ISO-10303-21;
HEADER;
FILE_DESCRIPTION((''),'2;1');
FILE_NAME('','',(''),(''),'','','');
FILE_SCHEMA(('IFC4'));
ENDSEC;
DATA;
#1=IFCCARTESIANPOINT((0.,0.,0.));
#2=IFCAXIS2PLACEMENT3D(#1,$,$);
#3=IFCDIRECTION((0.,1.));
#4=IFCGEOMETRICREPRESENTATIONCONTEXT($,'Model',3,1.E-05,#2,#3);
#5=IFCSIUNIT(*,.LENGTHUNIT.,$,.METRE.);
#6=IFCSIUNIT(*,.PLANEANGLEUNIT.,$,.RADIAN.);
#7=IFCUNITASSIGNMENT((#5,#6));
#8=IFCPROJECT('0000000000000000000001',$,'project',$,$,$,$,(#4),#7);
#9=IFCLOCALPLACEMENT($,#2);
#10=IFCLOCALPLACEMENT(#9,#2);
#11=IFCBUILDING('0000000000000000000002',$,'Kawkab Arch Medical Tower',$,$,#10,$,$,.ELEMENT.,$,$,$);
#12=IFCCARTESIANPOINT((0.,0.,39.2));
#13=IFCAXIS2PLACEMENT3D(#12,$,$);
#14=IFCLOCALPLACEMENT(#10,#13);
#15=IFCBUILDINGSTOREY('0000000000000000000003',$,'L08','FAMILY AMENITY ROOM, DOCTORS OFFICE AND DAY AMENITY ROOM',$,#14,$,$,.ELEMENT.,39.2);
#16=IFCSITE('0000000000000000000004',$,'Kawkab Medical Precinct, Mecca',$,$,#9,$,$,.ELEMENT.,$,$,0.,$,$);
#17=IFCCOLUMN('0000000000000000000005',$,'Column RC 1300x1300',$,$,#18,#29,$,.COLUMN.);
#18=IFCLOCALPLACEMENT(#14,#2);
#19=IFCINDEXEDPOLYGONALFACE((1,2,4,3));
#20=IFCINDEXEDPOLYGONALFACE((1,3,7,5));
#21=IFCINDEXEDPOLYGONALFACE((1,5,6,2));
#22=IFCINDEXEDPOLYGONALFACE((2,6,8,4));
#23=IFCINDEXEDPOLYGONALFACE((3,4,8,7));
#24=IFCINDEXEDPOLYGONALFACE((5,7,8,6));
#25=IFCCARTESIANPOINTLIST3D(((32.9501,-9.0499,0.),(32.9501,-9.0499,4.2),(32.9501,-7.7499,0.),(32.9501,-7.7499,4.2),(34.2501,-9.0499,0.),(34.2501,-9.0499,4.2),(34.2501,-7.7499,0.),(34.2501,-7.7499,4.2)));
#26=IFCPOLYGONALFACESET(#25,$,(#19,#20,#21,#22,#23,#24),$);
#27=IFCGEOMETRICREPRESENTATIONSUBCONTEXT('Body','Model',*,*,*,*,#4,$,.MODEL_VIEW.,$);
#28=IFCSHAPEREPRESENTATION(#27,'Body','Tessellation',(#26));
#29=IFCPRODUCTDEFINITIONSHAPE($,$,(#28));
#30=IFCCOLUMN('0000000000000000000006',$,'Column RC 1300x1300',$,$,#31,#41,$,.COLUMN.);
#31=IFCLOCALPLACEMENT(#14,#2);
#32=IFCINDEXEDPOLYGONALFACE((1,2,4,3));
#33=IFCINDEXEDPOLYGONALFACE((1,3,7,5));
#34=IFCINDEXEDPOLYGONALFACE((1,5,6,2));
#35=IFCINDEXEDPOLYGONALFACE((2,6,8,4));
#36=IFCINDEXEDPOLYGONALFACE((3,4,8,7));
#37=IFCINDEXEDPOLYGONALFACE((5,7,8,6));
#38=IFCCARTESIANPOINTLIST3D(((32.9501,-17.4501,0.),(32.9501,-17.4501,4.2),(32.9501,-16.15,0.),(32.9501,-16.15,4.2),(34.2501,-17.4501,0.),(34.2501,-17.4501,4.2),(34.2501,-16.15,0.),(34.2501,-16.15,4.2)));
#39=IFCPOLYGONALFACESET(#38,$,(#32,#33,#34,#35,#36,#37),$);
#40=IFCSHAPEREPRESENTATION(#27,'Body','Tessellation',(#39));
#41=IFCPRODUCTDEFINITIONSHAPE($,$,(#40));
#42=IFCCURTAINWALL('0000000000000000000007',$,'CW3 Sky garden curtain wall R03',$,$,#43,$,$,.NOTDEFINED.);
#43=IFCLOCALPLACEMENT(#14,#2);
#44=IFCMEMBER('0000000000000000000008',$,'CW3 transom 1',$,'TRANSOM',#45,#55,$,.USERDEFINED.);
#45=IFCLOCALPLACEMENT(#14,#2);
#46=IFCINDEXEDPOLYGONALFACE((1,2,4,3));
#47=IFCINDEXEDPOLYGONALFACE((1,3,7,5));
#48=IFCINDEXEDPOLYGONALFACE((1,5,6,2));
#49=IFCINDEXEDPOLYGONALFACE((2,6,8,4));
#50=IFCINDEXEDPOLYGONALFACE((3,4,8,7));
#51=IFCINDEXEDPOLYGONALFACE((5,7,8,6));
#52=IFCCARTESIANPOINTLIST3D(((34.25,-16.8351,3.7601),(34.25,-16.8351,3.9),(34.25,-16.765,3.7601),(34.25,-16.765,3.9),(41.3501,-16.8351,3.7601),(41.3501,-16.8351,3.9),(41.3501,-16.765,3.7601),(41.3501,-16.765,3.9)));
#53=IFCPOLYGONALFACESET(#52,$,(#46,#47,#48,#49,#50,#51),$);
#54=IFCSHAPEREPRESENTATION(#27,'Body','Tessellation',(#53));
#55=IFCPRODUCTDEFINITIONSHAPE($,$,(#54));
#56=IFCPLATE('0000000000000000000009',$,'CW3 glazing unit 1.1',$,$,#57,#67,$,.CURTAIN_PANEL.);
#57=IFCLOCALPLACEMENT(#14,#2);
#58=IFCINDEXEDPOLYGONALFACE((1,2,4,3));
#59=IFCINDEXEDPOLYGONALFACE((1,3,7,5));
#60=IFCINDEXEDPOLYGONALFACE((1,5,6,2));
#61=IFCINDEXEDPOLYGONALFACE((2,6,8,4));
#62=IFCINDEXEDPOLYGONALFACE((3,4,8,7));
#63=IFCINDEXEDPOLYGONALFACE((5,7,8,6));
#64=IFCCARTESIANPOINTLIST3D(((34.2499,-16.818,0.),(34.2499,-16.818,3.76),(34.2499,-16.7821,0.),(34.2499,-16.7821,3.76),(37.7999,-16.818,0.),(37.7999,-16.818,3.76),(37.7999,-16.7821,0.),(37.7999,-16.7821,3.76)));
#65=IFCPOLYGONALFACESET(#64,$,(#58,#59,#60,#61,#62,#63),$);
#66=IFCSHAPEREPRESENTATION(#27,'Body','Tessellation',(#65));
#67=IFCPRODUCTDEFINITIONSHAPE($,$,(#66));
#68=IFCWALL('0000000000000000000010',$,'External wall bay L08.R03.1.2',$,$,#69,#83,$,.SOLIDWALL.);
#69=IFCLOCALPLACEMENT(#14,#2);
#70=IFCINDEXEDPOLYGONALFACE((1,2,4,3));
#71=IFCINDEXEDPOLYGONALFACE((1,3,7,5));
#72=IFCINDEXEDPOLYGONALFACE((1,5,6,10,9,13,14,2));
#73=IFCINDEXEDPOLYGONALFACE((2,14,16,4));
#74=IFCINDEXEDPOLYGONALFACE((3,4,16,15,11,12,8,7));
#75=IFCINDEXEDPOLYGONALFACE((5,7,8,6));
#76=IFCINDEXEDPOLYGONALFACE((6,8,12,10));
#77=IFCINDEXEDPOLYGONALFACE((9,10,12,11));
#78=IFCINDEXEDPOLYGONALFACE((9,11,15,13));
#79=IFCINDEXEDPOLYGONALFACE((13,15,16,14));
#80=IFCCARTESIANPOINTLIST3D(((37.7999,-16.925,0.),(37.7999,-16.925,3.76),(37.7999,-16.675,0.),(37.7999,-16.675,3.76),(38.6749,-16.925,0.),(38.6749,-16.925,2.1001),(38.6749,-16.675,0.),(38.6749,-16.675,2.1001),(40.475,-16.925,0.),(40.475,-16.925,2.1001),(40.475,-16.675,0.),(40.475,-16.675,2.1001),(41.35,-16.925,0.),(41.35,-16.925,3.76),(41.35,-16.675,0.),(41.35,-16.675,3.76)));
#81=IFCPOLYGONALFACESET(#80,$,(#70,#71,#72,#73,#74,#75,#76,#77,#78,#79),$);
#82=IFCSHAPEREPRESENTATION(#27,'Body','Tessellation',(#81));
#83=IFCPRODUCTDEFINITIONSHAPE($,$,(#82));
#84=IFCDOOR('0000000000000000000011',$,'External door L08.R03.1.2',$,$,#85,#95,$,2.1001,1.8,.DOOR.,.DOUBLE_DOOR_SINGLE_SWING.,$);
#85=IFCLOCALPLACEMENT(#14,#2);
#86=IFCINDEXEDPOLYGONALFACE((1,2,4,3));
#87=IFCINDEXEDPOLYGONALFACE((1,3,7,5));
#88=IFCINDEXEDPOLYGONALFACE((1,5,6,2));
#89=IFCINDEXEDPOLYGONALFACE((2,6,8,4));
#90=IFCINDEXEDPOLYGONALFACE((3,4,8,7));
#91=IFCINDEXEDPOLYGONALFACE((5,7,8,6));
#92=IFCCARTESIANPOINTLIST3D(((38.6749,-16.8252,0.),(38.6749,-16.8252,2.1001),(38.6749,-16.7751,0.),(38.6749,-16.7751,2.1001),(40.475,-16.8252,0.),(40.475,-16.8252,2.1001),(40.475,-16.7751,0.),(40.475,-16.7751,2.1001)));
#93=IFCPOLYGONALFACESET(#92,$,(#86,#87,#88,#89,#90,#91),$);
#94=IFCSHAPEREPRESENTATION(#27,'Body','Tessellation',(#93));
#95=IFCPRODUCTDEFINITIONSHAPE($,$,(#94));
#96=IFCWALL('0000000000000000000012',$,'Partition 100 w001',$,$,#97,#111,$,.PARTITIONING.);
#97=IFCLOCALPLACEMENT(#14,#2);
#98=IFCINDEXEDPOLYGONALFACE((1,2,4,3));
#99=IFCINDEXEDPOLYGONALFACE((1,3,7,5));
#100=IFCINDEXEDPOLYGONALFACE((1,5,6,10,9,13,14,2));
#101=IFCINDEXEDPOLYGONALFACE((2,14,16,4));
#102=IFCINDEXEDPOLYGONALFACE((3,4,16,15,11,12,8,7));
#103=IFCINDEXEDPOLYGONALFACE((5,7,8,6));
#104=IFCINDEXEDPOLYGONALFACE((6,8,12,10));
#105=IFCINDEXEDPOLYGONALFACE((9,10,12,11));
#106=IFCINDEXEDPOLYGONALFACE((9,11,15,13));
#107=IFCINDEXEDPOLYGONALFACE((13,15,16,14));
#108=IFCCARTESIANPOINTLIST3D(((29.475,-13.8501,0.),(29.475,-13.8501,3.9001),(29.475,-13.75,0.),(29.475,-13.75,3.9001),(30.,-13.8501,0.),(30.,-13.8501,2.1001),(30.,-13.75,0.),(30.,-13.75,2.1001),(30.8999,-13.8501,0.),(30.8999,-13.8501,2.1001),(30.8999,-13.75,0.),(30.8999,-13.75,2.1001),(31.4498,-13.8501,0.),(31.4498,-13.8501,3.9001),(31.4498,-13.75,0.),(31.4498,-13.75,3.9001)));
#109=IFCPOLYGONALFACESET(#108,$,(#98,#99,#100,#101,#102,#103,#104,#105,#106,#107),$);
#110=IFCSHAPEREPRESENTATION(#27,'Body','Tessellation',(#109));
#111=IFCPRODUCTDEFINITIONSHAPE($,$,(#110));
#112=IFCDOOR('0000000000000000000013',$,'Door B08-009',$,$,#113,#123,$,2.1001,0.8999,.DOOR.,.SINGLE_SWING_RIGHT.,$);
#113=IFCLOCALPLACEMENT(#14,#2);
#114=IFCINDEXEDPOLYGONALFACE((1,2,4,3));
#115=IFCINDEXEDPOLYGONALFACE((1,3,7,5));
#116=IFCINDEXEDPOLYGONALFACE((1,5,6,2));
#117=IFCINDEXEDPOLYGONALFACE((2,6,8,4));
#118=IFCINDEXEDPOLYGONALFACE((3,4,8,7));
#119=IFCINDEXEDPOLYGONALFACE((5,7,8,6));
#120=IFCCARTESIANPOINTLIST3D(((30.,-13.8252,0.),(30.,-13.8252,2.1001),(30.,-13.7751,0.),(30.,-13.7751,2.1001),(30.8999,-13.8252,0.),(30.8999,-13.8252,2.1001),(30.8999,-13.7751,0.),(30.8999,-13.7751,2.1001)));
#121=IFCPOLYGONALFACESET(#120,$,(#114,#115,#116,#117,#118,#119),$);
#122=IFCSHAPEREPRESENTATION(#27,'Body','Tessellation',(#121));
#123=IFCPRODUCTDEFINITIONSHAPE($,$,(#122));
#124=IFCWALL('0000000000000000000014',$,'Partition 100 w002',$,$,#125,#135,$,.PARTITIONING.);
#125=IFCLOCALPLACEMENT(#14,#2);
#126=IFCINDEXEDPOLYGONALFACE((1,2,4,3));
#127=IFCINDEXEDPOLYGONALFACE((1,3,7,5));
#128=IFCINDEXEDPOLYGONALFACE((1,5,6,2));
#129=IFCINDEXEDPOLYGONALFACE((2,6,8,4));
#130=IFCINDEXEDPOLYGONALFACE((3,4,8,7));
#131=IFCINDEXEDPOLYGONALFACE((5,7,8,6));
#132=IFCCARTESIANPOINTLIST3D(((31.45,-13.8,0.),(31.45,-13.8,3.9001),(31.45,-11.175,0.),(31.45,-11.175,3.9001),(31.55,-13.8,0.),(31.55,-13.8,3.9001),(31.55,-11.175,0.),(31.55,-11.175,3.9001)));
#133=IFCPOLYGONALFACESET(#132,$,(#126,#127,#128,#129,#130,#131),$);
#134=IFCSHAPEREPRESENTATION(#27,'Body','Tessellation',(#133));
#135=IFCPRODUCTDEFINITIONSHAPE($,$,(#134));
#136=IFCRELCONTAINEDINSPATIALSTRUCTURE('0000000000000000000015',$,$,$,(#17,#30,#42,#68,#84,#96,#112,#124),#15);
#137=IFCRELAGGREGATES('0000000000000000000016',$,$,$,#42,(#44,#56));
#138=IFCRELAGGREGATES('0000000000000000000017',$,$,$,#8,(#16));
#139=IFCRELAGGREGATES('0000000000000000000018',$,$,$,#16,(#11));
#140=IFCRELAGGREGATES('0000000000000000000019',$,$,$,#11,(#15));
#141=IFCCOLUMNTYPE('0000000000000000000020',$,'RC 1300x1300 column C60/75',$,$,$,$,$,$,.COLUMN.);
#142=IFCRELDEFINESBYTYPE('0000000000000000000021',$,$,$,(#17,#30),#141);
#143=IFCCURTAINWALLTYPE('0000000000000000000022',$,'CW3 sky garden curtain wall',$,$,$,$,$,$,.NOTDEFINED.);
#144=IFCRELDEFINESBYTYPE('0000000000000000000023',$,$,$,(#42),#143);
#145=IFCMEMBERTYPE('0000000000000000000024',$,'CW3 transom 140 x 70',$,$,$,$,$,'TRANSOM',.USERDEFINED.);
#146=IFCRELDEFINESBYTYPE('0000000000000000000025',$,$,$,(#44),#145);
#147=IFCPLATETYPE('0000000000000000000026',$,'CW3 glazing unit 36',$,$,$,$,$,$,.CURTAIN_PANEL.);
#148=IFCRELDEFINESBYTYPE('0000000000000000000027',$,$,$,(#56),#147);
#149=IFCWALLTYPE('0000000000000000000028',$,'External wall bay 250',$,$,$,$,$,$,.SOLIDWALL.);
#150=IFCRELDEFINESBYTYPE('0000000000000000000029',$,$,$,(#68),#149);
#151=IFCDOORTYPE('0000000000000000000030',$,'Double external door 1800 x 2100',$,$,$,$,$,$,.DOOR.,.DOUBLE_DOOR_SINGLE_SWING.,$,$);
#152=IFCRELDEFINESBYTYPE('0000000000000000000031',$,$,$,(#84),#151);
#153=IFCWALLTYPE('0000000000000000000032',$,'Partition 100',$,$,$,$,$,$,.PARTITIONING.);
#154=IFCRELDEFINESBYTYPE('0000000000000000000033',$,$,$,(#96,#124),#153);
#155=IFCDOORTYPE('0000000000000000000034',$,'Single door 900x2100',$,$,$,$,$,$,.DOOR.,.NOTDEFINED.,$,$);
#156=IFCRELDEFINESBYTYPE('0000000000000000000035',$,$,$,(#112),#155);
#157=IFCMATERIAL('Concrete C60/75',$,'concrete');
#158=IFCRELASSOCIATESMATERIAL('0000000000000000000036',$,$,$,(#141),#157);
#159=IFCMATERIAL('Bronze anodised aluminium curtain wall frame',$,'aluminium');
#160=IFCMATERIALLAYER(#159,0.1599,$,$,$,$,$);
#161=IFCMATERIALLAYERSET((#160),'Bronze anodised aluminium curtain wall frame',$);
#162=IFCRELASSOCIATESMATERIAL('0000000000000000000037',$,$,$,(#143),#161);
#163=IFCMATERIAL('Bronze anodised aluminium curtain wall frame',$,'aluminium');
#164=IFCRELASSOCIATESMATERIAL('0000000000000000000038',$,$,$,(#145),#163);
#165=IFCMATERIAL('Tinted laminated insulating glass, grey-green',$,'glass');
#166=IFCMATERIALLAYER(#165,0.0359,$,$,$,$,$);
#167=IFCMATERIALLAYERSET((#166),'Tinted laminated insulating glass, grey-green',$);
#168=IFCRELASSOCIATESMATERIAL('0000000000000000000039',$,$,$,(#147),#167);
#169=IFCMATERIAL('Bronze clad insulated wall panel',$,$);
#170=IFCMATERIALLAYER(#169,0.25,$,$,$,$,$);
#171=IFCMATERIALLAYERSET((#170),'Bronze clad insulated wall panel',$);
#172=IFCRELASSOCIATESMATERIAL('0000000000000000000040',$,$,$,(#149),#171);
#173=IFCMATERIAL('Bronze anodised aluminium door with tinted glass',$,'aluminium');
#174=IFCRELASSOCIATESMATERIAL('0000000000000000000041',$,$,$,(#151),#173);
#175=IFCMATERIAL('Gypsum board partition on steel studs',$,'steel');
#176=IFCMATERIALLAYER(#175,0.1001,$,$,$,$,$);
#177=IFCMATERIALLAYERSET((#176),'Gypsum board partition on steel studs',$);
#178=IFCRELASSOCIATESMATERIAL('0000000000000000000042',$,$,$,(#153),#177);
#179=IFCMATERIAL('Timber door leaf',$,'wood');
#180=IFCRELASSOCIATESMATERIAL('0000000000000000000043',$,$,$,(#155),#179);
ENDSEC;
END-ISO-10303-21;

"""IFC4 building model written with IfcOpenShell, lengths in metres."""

from ifc_helpers import new_model, si_unit, direction, frame, frame_2d, origin, origin_2d, place, context, subcontext, project, spatial, rectangle, extrude, material, layer, layer_set, material_profile, profile_set, type_object, element, fill, aggregate, save


model = new_model("IFC4")

# Units and contexts
model_context = context("Model", 3, precision=1e-05, world=origin(), true_north=direction((0.0, 1.0)))
body_context = subcontext(model_context, "Body", "Model", "MODEL_VIEW")
ifc_project = project(units=[si_unit("LENGTHUNIT", "METRE"), si_unit("PLANEANGLEUNIT", "RADIAN")], contexts=[model_context])

# Site, building, storey
site_placement = place(None, origin())
site = spatial("IfcSite", under=ifc_project, at=site_placement, Name="Kawkab Medical Precinct, Mecca", CompositionType="ELEMENT", RefElevation=0.0)
building_placement = place(site_placement, origin())
building = spatial("IfcBuilding", under=site, at=building_placement, Name="Kawkab Arch Medical Tower", CompositionType="ELEMENT")
storey_placement = place(building_placement, frame((0.0, 0.0, 39.2)))
storey = spatial("IfcBuildingStorey", under=building, at=storey_placement, Name="L08", Description="FAMILY AMENITY ROOM, DOCTORS OFFICE AND DAY AMENITY ROOM", CompositionType="ELEMENT", Elevation=39.2)

# Columns
ifc_material_1 = material(Name="Concrete C60/75", Category="concrete")
ifc_material_profile_1 = material_profile(ifc_material_1, rectangle(XDim=1.3, YDim=1.3, at=origin_2d()), Name="RC 1300x1300")
ifc_profile_set_1 = profile_set([ifc_material_profile_1], Name="Concrete C60/75")
column_type = type_object("IfcColumnType", Name="RC 1300x1300 column C60/75", PredefinedType="COLUMN", material=ifc_profile_set_1)
for number, where, z_axis, x_axis, name in (
    (1, (33.6001, -8.3999, 0.0), (0.0, 0.0, 1.0), (1.0, 0.0, 0.0), "Column RC 1300x1300"),
    (2, (33.6001, -16.8, 0.0), (0.0, 0.0, 1.0), (1.0, 0.0, 0.0), "Column RC 1300x1300"),
):
    element("IfcColumn", number, at=place(storey_placement, frame(where, z_axis=z_axis, x_axis=x_axis)), inside=storey, type_object=column_type, Name=name, PredefinedType="COLUMN", context=body_context, shape_type="SweptSolid", body=[
        extrude(rectangle(XDim=1.3, YDim=1.3, at=origin_2d()), origin(), (0.0, 0.0, 1.0), 4.2),
    ])

# Curtain wall, member, plate
ifc_material_2 = material(Name="Bronze anodised aluminium curtain wall frame", Category="aluminium")
ifc_layer_1 = layer(ifc_material_2, 0.1599)
ifc_layer_set_1 = layer_set([ifc_layer_1], Name="Bronze anodised aluminium curtain wall frame")
curtain_wall_type = type_object("IfcCurtainWallType", Name="CW3 sky garden curtain wall", PredefinedType="NOTDEFINED", material=ifc_layer_set_1)
curtain_wall_placement = place(storey_placement, origin())
curtain_wall = element("IfcCurtainWall", 3, at=curtain_wall_placement, inside=storey, type_object=curtain_wall_type, Name="CW3 Sky garden curtain wall R03", PredefinedType="NOTDEFINED")
ifc_material_3 = material(Name="Bronze anodised aluminium curtain wall frame", Category="aluminium")
ifc_material_profile_2 = material_profile(ifc_material_3, rectangle(XDim=0.0701, YDim=0.1399, at=origin_2d()), Name="AL 70x140")
ifc_profile_set_2 = profile_set([ifc_material_profile_2], Name="Bronze anodised aluminium curtain wall frame")
member_type = type_object("IfcMemberType", Name="CW3 transom 140 x 70", ElementType="TRANSOM", PredefinedType="USERDEFINED", material=ifc_profile_set_2)
member_placement = place(storey_placement, frame((34.25, -16.8, 3.8301), z_axis=(1.0, 0.0, 0.0), x_axis=(0.0, 1.0, 0.0)))
member = element("IfcMember", 4, at=member_placement, type_object=member_type, Name="CW3 transom 1", ObjectType="TRANSOM", PredefinedType="USERDEFINED", context=body_context, shape_type="SweptSolid", body=[
    extrude(rectangle(XDim=0.0701, YDim=0.1399, at=origin_2d()), origin(), (0.0, 0.0, 1.0), 7.1001),
])
ifc_material_4 = material(Name="Tinted laminated insulating glass, grey-green", Category="glass")
ifc_layer_2 = layer(ifc_material_4, 0.0359)
ifc_layer_set_2 = layer_set([ifc_layer_2], Name="Tinted laminated insulating glass, grey-green")
plate_type = type_object("IfcPlateType", Name="CW3 glazing unit 36", PredefinedType="CURTAIN_PANEL", material=ifc_layer_set_2)
plate_placement = place(storey_placement, frame((36.0249, -16.8, 0.0), z_axis=(0.0, 0.0, 1.0), x_axis=(1.0, 0.0, 0.0)))
plate = element("IfcPlate", 5, at=plate_placement, type_object=plate_type, Name="CW3 glazing unit 1.1", PredefinedType="CURTAIN_PANEL", context=body_context, shape_type="SweptSolid", body=[
    extrude(rectangle(XDim=3.55, YDim=0.0359, at=origin_2d()), origin(), (0.0, 0.0, 1.0), 3.76),
])
aggregate(curtain_wall, [member, plate])

# Walls, openings, doors
ifc_material_5 = material(Name="Bronze clad insulated wall panel")
ifc_layer_3 = layer(ifc_material_5, 0.25)
ifc_layer_set_3 = layer_set([ifc_layer_3], Name="Bronze clad insulated wall panel")
wall_type_1 = type_object("IfcWallType", Name="External wall bay 250", PredefinedType="SOLIDWALL", material=ifc_layer_set_3)
wall_1_placement = place(storey_placement, frame((37.8, -16.8, 0.0), z_axis=(0.0, 0.0, 1.0), x_axis=(1.0, 0.0, 0.0)))
wall_1 = element("IfcWall", 6, at=wall_1_placement, inside=storey, type_object=wall_type_1, Name="External wall bay L08.R03.1.2", PredefinedType="SOLIDWALL", context=body_context, shape_type="SweptSolid", body=[
    extrude(rectangle(XDim=3.55, YDim=0.25, at=frame_2d((1.7749, 0.0))), origin(), (0.0, 0.0, 1.0), 3.76),
])
opening_1_placement = place(wall_1_placement, frame((0.875, 0.0, 0.0)))
opening_1 = element("IfcOpeningElement", 7, at=opening_1_placement, cuts=wall_1, PredefinedType="OPENING", context=body_context, shape_type="SweptSolid", body=[
    extrude(rectangle(XDim=1.8, YDim=2.1001, at=frame_2d((0.8999, 1.05))), frame((0.0, 0.135, 0.0), z_axis=(0.0, -1.0, 0.0), x_axis=(1.0, 0.0, 0.0)), (0.0, 0.0, 1.0), 0.27),
])
ifc_material_6 = material(Name="Bronze anodised aluminium door with tinted glass", Category="aluminium")
door_type_1 = type_object("IfcDoorType", Name="Double external door 1800 x 2100", OperationType="DOUBLE_DOOR_SINGLE_SWING", PredefinedType="DOOR", material=ifc_material_6)
door_1_placement = place(opening_1_placement, origin())
door_1 = element("IfcDoor", 8, at=door_1_placement, inside=storey, type_object=door_type_1, Name="External door L08.R03.1.2", OperationType="DOUBLE_DOOR_SINGLE_SWING", OverallHeight=2.1001, OverallWidth=1.8, PredefinedType="DOOR", context=body_context, shape_type="SweptSolid", body=[
    extrude(rectangle(XDim=1.8, YDim=2.1001, at=frame_2d((0.8999, 1.05))), frame((0.0, 0.0249, 0.0), z_axis=(0.0, -1.0, 0.0), x_axis=(1.0, 0.0, 0.0)), (0.0, 0.0, 1.0), 0.05),
])
fill(opening_1, door_1)
ifc_material_7 = material(Name="Gypsum board partition on steel studs", Category="steel")
ifc_layer_4 = layer(ifc_material_7, 0.1001)
ifc_layer_set_4 = layer_set([ifc_layer_4], Name="Gypsum board partition on steel studs")
wall_type_2 = type_object("IfcWallType", Name="Partition 100", PredefinedType="PARTITIONING", material=ifc_layer_set_4)
wall_2_placement = place(storey_placement, frame((29.4751, -13.8, 0.0), z_axis=(0.0, 0.0, 1.0), x_axis=(1.0, 0.0, 0.0)))
wall_2 = element("IfcWall", 9, at=wall_2_placement, inside=storey, type_object=wall_type_2, Name="Partition 100 w001", PredefinedType="PARTITIONING", context=body_context, shape_type="SweptSolid", body=[
    extrude(rectangle(XDim=1.9749, YDim=0.1001, at=frame_2d((0.9873, 0.0))), origin(), (0.0, 0.0, 1.0), 3.9001),
])
opening_2_placement = place(wall_2_placement, frame((0.5249, 0.0, 0.0)))
opening_2 = element("IfcOpeningElement", 10, at=opening_2_placement, cuts=wall_2, PredefinedType="OPENING", context=body_context, shape_type="SweptSolid", body=[
    extrude(rectangle(XDim=0.8999, YDim=2.1001, at=frame_2d((0.45, 1.05))), frame((0.0, 0.0601, 0.0), z_axis=(0.0, -1.0, 0.0), x_axis=(1.0, 0.0, 0.0)), (0.0, 0.0, 1.0), 0.1201),
])
ifc_material_8 = material(Name="Timber door leaf", Category="wood")
door_type_2 = type_object("IfcDoorType", Name="Single door 900x2100", OperationType="NOTDEFINED", PredefinedType="DOOR", material=ifc_material_8)
door_2_placement = place(opening_2_placement, origin())
door_2 = element("IfcDoor", 11, at=door_2_placement, inside=storey, type_object=door_type_2, Name="Door B08-009", OperationType="SINGLE_SWING_RIGHT", OverallHeight=2.1001, OverallWidth=0.8999, PredefinedType="DOOR", context=body_context, shape_type="SweptSolid", body=[
    extrude(rectangle(XDim=0.8999, YDim=2.1001, at=frame_2d((0.45, 1.05))), frame((0.0, 0.0249, 0.0), z_axis=(0.0, -1.0, 0.0), x_axis=(1.0, 0.0, 0.0)), (0.0, 0.0, 1.0), 0.05),
])
fill(opening_2, door_2)

# Wall
wall_3_placement = place(storey_placement, frame((31.5, -13.8, 0.0), z_axis=(0.0, 0.0, 1.0), x_axis=(0.0, 1.0, 0.0)))
element("IfcWall", 12, at=wall_3_placement, inside=storey, type_object=wall_type_2, Name="Partition 100 w002", PredefinedType="PARTITIONING", context=body_context, shape_type="SweptSolid", body=[
    extrude(rectangle(XDim=2.625, YDim=0.1001, at=frame_2d((1.3125, 0.0))), origin(), (0.0, 0.0, 1.0), 3.9001),
])

save(model, "model.ifc")
